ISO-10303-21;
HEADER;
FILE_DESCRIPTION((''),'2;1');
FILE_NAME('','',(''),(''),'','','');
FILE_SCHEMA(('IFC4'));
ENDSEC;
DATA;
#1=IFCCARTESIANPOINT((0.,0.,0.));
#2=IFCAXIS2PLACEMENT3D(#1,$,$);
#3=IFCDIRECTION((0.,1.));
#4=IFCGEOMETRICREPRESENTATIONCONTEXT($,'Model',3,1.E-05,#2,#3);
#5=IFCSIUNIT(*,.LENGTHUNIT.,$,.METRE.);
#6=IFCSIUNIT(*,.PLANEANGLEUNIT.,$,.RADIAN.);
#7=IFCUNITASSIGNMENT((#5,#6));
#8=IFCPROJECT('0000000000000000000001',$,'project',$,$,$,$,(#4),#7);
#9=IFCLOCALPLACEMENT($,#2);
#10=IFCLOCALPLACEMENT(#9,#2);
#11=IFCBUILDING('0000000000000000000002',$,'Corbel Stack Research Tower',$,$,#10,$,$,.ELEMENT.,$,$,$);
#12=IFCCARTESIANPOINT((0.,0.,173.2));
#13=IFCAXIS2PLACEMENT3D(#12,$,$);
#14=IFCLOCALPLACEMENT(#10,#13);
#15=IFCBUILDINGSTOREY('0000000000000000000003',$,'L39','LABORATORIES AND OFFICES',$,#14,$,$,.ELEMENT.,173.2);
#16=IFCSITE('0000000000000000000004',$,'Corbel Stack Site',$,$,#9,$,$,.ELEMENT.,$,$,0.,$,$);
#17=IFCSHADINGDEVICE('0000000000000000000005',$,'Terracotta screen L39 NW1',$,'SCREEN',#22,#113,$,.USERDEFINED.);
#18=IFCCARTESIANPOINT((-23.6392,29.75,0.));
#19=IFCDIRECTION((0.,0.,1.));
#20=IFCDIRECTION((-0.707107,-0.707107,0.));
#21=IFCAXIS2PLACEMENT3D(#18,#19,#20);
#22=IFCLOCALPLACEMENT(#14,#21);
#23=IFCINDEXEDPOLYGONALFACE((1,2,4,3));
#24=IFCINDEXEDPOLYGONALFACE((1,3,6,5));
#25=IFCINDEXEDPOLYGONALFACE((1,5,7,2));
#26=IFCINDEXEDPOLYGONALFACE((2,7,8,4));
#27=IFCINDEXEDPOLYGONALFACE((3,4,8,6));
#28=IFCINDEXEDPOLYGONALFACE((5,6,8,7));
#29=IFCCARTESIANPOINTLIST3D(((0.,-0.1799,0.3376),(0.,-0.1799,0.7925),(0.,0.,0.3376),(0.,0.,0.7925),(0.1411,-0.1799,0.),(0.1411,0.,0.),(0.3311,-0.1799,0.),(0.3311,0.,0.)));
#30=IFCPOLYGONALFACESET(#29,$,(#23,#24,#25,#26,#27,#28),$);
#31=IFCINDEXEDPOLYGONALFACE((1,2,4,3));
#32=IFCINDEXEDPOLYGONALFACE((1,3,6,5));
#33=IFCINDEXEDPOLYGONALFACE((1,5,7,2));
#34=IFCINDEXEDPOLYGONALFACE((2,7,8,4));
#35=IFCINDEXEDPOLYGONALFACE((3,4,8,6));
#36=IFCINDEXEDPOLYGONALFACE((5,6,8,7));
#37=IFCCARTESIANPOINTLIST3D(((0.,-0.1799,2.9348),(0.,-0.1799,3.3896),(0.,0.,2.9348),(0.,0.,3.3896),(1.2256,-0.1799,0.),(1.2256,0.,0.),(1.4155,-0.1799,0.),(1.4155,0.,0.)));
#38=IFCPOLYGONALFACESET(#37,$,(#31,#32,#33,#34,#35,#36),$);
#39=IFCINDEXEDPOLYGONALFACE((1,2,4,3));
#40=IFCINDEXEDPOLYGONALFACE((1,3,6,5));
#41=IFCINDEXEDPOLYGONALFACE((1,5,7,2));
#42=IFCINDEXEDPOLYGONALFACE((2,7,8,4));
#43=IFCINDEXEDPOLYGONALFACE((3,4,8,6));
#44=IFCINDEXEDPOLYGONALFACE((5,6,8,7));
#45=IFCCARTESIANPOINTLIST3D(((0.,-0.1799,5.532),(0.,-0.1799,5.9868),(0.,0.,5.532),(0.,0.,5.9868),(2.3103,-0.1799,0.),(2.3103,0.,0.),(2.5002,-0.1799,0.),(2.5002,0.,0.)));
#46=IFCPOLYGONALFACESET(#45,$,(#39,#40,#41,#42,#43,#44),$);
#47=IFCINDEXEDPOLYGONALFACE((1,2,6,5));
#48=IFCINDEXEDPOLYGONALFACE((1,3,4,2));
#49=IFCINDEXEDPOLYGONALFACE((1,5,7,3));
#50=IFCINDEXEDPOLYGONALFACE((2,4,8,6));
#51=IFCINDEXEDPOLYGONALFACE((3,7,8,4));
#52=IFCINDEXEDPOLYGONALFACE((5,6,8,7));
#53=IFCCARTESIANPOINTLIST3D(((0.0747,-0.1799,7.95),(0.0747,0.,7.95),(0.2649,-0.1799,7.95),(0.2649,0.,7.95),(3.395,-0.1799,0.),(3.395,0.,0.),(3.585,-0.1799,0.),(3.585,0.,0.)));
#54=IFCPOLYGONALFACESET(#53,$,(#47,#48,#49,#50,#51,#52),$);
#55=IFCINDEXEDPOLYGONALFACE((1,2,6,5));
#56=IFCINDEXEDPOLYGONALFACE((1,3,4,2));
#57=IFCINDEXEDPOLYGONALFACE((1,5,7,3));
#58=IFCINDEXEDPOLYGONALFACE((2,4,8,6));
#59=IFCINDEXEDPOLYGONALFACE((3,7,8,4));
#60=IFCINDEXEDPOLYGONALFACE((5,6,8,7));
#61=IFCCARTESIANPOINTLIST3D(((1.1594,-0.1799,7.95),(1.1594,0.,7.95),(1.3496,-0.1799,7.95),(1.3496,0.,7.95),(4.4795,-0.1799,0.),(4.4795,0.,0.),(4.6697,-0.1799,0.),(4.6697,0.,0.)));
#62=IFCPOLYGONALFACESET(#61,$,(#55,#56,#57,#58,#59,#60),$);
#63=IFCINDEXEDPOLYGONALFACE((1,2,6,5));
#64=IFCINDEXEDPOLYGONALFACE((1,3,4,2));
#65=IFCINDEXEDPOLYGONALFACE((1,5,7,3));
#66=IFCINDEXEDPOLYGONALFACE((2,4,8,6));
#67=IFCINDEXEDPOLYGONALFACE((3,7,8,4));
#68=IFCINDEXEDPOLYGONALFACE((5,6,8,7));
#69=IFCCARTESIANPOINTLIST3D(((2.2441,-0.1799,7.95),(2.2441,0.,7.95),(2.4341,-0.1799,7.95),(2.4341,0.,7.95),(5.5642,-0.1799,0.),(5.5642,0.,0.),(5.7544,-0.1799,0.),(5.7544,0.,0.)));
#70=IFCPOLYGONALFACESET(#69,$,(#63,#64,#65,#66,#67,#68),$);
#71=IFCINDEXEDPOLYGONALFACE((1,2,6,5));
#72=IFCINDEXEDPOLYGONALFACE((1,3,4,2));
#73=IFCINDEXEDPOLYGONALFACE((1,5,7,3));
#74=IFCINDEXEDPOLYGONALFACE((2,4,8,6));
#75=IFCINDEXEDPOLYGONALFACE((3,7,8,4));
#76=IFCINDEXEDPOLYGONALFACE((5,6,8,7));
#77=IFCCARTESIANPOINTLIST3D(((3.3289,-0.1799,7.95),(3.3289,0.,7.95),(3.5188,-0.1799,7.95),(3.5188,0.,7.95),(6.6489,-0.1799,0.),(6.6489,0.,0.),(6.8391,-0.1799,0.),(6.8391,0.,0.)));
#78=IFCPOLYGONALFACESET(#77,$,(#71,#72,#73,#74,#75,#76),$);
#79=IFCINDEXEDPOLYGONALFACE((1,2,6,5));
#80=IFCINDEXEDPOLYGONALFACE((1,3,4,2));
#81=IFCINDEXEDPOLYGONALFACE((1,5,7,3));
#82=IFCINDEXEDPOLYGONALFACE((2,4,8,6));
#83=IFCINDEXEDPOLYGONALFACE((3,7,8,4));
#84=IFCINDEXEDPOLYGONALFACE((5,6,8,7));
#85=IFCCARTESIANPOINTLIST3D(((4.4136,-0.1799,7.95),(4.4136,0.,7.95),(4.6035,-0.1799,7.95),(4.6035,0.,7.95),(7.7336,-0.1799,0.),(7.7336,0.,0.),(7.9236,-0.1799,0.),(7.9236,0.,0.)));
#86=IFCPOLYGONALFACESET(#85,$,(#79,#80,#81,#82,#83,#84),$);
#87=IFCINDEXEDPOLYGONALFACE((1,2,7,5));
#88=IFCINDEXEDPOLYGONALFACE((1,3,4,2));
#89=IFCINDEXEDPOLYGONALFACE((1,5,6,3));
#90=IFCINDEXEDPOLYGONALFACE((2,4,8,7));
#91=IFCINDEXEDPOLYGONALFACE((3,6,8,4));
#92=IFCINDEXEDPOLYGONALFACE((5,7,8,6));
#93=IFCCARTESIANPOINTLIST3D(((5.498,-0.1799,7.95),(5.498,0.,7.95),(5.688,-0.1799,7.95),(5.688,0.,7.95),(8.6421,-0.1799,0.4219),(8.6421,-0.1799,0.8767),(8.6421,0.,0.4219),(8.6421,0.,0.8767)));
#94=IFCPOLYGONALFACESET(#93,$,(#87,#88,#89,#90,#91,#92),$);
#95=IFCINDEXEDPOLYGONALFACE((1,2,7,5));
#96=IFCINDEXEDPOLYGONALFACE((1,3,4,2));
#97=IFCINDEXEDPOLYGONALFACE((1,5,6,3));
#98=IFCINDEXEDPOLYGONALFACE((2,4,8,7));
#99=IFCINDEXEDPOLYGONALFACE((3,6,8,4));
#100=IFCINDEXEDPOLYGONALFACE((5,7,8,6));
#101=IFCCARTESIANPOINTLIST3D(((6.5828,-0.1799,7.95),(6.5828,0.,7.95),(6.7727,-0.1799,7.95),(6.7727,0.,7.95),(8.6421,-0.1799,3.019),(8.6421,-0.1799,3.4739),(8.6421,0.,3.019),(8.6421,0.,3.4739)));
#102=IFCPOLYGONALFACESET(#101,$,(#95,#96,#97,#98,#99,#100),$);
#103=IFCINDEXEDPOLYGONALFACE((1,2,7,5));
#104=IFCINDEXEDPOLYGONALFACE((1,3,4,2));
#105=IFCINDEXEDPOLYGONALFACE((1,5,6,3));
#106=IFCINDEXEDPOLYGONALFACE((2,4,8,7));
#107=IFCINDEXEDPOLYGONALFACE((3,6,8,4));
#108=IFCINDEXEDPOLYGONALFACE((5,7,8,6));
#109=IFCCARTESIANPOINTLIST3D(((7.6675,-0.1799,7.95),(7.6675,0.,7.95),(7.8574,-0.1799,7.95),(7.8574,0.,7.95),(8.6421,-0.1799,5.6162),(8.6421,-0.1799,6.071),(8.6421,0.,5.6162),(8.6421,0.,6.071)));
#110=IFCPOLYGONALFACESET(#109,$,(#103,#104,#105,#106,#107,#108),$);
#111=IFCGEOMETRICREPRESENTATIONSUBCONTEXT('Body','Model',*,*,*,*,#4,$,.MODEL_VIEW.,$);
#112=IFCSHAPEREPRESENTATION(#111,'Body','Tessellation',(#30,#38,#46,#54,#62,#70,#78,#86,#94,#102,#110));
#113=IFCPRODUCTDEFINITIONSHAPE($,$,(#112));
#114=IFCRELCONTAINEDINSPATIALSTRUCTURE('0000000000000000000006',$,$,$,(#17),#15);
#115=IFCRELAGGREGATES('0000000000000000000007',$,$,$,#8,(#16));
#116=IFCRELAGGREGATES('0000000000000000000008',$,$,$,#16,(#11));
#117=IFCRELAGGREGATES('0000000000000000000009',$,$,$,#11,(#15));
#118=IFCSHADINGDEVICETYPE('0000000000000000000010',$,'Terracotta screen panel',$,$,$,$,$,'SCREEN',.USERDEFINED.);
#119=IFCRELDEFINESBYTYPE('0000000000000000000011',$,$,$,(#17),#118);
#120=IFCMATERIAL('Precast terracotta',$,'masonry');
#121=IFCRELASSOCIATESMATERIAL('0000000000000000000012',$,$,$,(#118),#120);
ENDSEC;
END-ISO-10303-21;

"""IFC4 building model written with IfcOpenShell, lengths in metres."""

from ifc_helpers import new_model, si_unit, direction, frame, origin, place, context, subcontext, project, spatial, polyline, outline, extrude, source, transform, mapped, material, type_object, element, save


model = new_model("IFC4")

# Units and contexts
model_context = context("Model", 3, precision=1e-05, world=origin(), true_north=direction((0.0, 1.0)))
body_context = subcontext(model_context, "Body", "Model", "MODEL_VIEW")
ifc_project = project(units=[si_unit("LENGTHUNIT", "METRE"), si_unit("PLANEANGLEUNIT", "RADIAN")], contexts=[model_context])

# Site, building, storey
site_placement = place(None, origin())
site = spatial("IfcSite", under=ifc_project, at=site_placement, Name="Corbel Stack Site", CompositionType="ELEMENT", RefElevation=0.0)
building_placement = place(site_placement, origin())
building = spatial("IfcBuilding", under=site, at=building_placement, Name="Corbel Stack Research Tower", CompositionType="ELEMENT")
storey_placement = place(building_placement, frame((0.0, 0.0, 173.2)))
storey = spatial("IfcBuildingStorey", under=building, at=storey_placement, Name="L39", Description="LABORATORIES AND OFFICES", CompositionType="ELEMENT", Elevation=173.2)

# Shading device
ifc_material_1 = material(Name="Precast terracotta", Category="masonry")
shading_device_type = type_object("IfcShadingDeviceType", Name="Terracotta screen panel", ElementType="SCREEN", PredefinedType="USERDEFINED", material=ifc_material_1)
shared_shape_1 = source(origin(), body_context, "Body", "SweptSolid", [
    extrude(outline(polyline([(0.3311, 0.0), (0.0, 0.7925), (0.0, 0.3376), (0.1411, 0.0), (0.3311, 0.0)])), frame((0.0, 0.0, 0.0), z_axis=(0.0, -1.0, 0.0), x_axis=(1.0, 0.0, 0.0)), (0.0, 0.0, 1.0), 0.1799),
    extrude(outline(polyline([(1.4155, 0.0), (0.0, 3.3896), (0.0, 2.9348), (1.2256, 0.0), (1.4155, 0.0)])), frame((0.0, 0.0, 0.0), z_axis=(0.0, -1.0, 0.0), x_axis=(1.0, 0.0, 0.0)), (0.0, 0.0, 1.0), 0.1799),
    extrude(outline(polyline([(2.5002, 0.0), (0.0, 5.9868), (0.0, 5.532), (2.3103, 0.0), (2.5002, 0.0)])), frame((0.0, 0.0, 0.0), z_axis=(0.0, -1.0, 0.0), x_axis=(1.0, 0.0, 0.0)), (0.0, 0.0, 1.0), 0.1799),
    extrude(outline(polyline([(3.585, 0.0), (0.2649, 7.95), (0.0747, 7.95), (3.395, 0.0), (3.585, 0.0)])), frame((0.0, 0.0, 0.0), z_axis=(0.0, -1.0, 0.0), x_axis=(1.0, 0.0, 0.0)), (0.0, 0.0, 1.0), 0.1799),
    extrude(outline(polyline([(4.6697, 0.0), (1.3496, 7.95), (1.1594, 7.95), (4.4795, 0.0), (4.6697, 0.0)])), frame((0.0, 0.0, 0.0), z_axis=(0.0, -1.0, 0.0), x_axis=(1.0, 0.0, 0.0)), (0.0, 0.0, 1.0), 0.1799),
    extrude(outline(polyline([(5.7544, 0.0), (2.4341, 7.95), (2.2441, 7.95), (5.5642, 0.0), (5.7544, 0.0)])), frame((0.0, 0.0, 0.0), z_axis=(0.0, -1.0, 0.0), x_axis=(1.0, 0.0, 0.0)), (0.0, 0.0, 1.0), 0.1799),
    extrude(outline(polyline([(6.8391, 0.0), (3.5188, 7.95), (3.3289, 7.95), (6.6489, 0.0), (6.8391, 0.0)])), frame((0.0, 0.0, 0.0), z_axis=(0.0, -1.0, 0.0), x_axis=(1.0, 0.0, 0.0)), (0.0, 0.0, 1.0), 0.1799),
    extrude(outline(polyline([(7.9236, 0.0), (4.6035, 7.95), (4.4136, 7.95), (7.7336, 0.0), (7.9236, 0.0)])), frame((0.0, 0.0, 0.0), z_axis=(0.0, -1.0, 0.0), x_axis=(1.0, 0.0, 0.0)), (0.0, 0.0, 1.0), 0.1799),
    extrude(outline(polyline([(5.688, 7.95), (5.498, 7.95), (8.6421, 0.4219), (8.6421, 0.8767), (5.688, 7.95)])), frame((0.0, 0.0, 0.0), z_axis=(0.0, -1.0, 0.0), x_axis=(1.0, 0.0, 0.0)), (0.0, 0.0, 1.0), 0.1799),
    extrude(outline(polyline([(6.7727, 7.95), (6.5828, 7.95), (8.6421, 3.019), (8.6421, 3.4739), (6.7727, 7.95)])), frame((0.0, 0.0, 0.0), z_axis=(0.0, -1.0, 0.0), x_axis=(1.0, 0.0, 0.0)), (0.0, 0.0, 1.0), 0.1799),
    extrude(outline(polyline([(7.8574, 7.95), (7.6675, 7.95), (8.6421, 5.6162), (8.6421, 6.071), (7.8574, 7.95)])), frame((0.0, 0.0, 0.0), z_axis=(0.0, -1.0, 0.0), x_axis=(1.0, 0.0, 0.0)), (0.0, 0.0, 1.0), 0.1799),
])
shading_device_1_placement = place(storey_placement, frame((-23.6392, 29.75, 0.0), z_axis=(0.0, 0.0, 1.0), x_axis=(-0.707107, -0.707107, 0.0)))
element("IfcShadingDevice", 1, at=shading_device_1_placement, inside=storey, type_object=shading_device_type, Name="Terracotta screen L39 NW1", ObjectType="SCREEN", PredefinedType="USERDEFINED", context=body_context, shape_type="MappedRepresentation", body=[
    mapped(shared_shape_1, transform((0.0, 0.0, 0.0))),
])

save(model, "model.ifc")
